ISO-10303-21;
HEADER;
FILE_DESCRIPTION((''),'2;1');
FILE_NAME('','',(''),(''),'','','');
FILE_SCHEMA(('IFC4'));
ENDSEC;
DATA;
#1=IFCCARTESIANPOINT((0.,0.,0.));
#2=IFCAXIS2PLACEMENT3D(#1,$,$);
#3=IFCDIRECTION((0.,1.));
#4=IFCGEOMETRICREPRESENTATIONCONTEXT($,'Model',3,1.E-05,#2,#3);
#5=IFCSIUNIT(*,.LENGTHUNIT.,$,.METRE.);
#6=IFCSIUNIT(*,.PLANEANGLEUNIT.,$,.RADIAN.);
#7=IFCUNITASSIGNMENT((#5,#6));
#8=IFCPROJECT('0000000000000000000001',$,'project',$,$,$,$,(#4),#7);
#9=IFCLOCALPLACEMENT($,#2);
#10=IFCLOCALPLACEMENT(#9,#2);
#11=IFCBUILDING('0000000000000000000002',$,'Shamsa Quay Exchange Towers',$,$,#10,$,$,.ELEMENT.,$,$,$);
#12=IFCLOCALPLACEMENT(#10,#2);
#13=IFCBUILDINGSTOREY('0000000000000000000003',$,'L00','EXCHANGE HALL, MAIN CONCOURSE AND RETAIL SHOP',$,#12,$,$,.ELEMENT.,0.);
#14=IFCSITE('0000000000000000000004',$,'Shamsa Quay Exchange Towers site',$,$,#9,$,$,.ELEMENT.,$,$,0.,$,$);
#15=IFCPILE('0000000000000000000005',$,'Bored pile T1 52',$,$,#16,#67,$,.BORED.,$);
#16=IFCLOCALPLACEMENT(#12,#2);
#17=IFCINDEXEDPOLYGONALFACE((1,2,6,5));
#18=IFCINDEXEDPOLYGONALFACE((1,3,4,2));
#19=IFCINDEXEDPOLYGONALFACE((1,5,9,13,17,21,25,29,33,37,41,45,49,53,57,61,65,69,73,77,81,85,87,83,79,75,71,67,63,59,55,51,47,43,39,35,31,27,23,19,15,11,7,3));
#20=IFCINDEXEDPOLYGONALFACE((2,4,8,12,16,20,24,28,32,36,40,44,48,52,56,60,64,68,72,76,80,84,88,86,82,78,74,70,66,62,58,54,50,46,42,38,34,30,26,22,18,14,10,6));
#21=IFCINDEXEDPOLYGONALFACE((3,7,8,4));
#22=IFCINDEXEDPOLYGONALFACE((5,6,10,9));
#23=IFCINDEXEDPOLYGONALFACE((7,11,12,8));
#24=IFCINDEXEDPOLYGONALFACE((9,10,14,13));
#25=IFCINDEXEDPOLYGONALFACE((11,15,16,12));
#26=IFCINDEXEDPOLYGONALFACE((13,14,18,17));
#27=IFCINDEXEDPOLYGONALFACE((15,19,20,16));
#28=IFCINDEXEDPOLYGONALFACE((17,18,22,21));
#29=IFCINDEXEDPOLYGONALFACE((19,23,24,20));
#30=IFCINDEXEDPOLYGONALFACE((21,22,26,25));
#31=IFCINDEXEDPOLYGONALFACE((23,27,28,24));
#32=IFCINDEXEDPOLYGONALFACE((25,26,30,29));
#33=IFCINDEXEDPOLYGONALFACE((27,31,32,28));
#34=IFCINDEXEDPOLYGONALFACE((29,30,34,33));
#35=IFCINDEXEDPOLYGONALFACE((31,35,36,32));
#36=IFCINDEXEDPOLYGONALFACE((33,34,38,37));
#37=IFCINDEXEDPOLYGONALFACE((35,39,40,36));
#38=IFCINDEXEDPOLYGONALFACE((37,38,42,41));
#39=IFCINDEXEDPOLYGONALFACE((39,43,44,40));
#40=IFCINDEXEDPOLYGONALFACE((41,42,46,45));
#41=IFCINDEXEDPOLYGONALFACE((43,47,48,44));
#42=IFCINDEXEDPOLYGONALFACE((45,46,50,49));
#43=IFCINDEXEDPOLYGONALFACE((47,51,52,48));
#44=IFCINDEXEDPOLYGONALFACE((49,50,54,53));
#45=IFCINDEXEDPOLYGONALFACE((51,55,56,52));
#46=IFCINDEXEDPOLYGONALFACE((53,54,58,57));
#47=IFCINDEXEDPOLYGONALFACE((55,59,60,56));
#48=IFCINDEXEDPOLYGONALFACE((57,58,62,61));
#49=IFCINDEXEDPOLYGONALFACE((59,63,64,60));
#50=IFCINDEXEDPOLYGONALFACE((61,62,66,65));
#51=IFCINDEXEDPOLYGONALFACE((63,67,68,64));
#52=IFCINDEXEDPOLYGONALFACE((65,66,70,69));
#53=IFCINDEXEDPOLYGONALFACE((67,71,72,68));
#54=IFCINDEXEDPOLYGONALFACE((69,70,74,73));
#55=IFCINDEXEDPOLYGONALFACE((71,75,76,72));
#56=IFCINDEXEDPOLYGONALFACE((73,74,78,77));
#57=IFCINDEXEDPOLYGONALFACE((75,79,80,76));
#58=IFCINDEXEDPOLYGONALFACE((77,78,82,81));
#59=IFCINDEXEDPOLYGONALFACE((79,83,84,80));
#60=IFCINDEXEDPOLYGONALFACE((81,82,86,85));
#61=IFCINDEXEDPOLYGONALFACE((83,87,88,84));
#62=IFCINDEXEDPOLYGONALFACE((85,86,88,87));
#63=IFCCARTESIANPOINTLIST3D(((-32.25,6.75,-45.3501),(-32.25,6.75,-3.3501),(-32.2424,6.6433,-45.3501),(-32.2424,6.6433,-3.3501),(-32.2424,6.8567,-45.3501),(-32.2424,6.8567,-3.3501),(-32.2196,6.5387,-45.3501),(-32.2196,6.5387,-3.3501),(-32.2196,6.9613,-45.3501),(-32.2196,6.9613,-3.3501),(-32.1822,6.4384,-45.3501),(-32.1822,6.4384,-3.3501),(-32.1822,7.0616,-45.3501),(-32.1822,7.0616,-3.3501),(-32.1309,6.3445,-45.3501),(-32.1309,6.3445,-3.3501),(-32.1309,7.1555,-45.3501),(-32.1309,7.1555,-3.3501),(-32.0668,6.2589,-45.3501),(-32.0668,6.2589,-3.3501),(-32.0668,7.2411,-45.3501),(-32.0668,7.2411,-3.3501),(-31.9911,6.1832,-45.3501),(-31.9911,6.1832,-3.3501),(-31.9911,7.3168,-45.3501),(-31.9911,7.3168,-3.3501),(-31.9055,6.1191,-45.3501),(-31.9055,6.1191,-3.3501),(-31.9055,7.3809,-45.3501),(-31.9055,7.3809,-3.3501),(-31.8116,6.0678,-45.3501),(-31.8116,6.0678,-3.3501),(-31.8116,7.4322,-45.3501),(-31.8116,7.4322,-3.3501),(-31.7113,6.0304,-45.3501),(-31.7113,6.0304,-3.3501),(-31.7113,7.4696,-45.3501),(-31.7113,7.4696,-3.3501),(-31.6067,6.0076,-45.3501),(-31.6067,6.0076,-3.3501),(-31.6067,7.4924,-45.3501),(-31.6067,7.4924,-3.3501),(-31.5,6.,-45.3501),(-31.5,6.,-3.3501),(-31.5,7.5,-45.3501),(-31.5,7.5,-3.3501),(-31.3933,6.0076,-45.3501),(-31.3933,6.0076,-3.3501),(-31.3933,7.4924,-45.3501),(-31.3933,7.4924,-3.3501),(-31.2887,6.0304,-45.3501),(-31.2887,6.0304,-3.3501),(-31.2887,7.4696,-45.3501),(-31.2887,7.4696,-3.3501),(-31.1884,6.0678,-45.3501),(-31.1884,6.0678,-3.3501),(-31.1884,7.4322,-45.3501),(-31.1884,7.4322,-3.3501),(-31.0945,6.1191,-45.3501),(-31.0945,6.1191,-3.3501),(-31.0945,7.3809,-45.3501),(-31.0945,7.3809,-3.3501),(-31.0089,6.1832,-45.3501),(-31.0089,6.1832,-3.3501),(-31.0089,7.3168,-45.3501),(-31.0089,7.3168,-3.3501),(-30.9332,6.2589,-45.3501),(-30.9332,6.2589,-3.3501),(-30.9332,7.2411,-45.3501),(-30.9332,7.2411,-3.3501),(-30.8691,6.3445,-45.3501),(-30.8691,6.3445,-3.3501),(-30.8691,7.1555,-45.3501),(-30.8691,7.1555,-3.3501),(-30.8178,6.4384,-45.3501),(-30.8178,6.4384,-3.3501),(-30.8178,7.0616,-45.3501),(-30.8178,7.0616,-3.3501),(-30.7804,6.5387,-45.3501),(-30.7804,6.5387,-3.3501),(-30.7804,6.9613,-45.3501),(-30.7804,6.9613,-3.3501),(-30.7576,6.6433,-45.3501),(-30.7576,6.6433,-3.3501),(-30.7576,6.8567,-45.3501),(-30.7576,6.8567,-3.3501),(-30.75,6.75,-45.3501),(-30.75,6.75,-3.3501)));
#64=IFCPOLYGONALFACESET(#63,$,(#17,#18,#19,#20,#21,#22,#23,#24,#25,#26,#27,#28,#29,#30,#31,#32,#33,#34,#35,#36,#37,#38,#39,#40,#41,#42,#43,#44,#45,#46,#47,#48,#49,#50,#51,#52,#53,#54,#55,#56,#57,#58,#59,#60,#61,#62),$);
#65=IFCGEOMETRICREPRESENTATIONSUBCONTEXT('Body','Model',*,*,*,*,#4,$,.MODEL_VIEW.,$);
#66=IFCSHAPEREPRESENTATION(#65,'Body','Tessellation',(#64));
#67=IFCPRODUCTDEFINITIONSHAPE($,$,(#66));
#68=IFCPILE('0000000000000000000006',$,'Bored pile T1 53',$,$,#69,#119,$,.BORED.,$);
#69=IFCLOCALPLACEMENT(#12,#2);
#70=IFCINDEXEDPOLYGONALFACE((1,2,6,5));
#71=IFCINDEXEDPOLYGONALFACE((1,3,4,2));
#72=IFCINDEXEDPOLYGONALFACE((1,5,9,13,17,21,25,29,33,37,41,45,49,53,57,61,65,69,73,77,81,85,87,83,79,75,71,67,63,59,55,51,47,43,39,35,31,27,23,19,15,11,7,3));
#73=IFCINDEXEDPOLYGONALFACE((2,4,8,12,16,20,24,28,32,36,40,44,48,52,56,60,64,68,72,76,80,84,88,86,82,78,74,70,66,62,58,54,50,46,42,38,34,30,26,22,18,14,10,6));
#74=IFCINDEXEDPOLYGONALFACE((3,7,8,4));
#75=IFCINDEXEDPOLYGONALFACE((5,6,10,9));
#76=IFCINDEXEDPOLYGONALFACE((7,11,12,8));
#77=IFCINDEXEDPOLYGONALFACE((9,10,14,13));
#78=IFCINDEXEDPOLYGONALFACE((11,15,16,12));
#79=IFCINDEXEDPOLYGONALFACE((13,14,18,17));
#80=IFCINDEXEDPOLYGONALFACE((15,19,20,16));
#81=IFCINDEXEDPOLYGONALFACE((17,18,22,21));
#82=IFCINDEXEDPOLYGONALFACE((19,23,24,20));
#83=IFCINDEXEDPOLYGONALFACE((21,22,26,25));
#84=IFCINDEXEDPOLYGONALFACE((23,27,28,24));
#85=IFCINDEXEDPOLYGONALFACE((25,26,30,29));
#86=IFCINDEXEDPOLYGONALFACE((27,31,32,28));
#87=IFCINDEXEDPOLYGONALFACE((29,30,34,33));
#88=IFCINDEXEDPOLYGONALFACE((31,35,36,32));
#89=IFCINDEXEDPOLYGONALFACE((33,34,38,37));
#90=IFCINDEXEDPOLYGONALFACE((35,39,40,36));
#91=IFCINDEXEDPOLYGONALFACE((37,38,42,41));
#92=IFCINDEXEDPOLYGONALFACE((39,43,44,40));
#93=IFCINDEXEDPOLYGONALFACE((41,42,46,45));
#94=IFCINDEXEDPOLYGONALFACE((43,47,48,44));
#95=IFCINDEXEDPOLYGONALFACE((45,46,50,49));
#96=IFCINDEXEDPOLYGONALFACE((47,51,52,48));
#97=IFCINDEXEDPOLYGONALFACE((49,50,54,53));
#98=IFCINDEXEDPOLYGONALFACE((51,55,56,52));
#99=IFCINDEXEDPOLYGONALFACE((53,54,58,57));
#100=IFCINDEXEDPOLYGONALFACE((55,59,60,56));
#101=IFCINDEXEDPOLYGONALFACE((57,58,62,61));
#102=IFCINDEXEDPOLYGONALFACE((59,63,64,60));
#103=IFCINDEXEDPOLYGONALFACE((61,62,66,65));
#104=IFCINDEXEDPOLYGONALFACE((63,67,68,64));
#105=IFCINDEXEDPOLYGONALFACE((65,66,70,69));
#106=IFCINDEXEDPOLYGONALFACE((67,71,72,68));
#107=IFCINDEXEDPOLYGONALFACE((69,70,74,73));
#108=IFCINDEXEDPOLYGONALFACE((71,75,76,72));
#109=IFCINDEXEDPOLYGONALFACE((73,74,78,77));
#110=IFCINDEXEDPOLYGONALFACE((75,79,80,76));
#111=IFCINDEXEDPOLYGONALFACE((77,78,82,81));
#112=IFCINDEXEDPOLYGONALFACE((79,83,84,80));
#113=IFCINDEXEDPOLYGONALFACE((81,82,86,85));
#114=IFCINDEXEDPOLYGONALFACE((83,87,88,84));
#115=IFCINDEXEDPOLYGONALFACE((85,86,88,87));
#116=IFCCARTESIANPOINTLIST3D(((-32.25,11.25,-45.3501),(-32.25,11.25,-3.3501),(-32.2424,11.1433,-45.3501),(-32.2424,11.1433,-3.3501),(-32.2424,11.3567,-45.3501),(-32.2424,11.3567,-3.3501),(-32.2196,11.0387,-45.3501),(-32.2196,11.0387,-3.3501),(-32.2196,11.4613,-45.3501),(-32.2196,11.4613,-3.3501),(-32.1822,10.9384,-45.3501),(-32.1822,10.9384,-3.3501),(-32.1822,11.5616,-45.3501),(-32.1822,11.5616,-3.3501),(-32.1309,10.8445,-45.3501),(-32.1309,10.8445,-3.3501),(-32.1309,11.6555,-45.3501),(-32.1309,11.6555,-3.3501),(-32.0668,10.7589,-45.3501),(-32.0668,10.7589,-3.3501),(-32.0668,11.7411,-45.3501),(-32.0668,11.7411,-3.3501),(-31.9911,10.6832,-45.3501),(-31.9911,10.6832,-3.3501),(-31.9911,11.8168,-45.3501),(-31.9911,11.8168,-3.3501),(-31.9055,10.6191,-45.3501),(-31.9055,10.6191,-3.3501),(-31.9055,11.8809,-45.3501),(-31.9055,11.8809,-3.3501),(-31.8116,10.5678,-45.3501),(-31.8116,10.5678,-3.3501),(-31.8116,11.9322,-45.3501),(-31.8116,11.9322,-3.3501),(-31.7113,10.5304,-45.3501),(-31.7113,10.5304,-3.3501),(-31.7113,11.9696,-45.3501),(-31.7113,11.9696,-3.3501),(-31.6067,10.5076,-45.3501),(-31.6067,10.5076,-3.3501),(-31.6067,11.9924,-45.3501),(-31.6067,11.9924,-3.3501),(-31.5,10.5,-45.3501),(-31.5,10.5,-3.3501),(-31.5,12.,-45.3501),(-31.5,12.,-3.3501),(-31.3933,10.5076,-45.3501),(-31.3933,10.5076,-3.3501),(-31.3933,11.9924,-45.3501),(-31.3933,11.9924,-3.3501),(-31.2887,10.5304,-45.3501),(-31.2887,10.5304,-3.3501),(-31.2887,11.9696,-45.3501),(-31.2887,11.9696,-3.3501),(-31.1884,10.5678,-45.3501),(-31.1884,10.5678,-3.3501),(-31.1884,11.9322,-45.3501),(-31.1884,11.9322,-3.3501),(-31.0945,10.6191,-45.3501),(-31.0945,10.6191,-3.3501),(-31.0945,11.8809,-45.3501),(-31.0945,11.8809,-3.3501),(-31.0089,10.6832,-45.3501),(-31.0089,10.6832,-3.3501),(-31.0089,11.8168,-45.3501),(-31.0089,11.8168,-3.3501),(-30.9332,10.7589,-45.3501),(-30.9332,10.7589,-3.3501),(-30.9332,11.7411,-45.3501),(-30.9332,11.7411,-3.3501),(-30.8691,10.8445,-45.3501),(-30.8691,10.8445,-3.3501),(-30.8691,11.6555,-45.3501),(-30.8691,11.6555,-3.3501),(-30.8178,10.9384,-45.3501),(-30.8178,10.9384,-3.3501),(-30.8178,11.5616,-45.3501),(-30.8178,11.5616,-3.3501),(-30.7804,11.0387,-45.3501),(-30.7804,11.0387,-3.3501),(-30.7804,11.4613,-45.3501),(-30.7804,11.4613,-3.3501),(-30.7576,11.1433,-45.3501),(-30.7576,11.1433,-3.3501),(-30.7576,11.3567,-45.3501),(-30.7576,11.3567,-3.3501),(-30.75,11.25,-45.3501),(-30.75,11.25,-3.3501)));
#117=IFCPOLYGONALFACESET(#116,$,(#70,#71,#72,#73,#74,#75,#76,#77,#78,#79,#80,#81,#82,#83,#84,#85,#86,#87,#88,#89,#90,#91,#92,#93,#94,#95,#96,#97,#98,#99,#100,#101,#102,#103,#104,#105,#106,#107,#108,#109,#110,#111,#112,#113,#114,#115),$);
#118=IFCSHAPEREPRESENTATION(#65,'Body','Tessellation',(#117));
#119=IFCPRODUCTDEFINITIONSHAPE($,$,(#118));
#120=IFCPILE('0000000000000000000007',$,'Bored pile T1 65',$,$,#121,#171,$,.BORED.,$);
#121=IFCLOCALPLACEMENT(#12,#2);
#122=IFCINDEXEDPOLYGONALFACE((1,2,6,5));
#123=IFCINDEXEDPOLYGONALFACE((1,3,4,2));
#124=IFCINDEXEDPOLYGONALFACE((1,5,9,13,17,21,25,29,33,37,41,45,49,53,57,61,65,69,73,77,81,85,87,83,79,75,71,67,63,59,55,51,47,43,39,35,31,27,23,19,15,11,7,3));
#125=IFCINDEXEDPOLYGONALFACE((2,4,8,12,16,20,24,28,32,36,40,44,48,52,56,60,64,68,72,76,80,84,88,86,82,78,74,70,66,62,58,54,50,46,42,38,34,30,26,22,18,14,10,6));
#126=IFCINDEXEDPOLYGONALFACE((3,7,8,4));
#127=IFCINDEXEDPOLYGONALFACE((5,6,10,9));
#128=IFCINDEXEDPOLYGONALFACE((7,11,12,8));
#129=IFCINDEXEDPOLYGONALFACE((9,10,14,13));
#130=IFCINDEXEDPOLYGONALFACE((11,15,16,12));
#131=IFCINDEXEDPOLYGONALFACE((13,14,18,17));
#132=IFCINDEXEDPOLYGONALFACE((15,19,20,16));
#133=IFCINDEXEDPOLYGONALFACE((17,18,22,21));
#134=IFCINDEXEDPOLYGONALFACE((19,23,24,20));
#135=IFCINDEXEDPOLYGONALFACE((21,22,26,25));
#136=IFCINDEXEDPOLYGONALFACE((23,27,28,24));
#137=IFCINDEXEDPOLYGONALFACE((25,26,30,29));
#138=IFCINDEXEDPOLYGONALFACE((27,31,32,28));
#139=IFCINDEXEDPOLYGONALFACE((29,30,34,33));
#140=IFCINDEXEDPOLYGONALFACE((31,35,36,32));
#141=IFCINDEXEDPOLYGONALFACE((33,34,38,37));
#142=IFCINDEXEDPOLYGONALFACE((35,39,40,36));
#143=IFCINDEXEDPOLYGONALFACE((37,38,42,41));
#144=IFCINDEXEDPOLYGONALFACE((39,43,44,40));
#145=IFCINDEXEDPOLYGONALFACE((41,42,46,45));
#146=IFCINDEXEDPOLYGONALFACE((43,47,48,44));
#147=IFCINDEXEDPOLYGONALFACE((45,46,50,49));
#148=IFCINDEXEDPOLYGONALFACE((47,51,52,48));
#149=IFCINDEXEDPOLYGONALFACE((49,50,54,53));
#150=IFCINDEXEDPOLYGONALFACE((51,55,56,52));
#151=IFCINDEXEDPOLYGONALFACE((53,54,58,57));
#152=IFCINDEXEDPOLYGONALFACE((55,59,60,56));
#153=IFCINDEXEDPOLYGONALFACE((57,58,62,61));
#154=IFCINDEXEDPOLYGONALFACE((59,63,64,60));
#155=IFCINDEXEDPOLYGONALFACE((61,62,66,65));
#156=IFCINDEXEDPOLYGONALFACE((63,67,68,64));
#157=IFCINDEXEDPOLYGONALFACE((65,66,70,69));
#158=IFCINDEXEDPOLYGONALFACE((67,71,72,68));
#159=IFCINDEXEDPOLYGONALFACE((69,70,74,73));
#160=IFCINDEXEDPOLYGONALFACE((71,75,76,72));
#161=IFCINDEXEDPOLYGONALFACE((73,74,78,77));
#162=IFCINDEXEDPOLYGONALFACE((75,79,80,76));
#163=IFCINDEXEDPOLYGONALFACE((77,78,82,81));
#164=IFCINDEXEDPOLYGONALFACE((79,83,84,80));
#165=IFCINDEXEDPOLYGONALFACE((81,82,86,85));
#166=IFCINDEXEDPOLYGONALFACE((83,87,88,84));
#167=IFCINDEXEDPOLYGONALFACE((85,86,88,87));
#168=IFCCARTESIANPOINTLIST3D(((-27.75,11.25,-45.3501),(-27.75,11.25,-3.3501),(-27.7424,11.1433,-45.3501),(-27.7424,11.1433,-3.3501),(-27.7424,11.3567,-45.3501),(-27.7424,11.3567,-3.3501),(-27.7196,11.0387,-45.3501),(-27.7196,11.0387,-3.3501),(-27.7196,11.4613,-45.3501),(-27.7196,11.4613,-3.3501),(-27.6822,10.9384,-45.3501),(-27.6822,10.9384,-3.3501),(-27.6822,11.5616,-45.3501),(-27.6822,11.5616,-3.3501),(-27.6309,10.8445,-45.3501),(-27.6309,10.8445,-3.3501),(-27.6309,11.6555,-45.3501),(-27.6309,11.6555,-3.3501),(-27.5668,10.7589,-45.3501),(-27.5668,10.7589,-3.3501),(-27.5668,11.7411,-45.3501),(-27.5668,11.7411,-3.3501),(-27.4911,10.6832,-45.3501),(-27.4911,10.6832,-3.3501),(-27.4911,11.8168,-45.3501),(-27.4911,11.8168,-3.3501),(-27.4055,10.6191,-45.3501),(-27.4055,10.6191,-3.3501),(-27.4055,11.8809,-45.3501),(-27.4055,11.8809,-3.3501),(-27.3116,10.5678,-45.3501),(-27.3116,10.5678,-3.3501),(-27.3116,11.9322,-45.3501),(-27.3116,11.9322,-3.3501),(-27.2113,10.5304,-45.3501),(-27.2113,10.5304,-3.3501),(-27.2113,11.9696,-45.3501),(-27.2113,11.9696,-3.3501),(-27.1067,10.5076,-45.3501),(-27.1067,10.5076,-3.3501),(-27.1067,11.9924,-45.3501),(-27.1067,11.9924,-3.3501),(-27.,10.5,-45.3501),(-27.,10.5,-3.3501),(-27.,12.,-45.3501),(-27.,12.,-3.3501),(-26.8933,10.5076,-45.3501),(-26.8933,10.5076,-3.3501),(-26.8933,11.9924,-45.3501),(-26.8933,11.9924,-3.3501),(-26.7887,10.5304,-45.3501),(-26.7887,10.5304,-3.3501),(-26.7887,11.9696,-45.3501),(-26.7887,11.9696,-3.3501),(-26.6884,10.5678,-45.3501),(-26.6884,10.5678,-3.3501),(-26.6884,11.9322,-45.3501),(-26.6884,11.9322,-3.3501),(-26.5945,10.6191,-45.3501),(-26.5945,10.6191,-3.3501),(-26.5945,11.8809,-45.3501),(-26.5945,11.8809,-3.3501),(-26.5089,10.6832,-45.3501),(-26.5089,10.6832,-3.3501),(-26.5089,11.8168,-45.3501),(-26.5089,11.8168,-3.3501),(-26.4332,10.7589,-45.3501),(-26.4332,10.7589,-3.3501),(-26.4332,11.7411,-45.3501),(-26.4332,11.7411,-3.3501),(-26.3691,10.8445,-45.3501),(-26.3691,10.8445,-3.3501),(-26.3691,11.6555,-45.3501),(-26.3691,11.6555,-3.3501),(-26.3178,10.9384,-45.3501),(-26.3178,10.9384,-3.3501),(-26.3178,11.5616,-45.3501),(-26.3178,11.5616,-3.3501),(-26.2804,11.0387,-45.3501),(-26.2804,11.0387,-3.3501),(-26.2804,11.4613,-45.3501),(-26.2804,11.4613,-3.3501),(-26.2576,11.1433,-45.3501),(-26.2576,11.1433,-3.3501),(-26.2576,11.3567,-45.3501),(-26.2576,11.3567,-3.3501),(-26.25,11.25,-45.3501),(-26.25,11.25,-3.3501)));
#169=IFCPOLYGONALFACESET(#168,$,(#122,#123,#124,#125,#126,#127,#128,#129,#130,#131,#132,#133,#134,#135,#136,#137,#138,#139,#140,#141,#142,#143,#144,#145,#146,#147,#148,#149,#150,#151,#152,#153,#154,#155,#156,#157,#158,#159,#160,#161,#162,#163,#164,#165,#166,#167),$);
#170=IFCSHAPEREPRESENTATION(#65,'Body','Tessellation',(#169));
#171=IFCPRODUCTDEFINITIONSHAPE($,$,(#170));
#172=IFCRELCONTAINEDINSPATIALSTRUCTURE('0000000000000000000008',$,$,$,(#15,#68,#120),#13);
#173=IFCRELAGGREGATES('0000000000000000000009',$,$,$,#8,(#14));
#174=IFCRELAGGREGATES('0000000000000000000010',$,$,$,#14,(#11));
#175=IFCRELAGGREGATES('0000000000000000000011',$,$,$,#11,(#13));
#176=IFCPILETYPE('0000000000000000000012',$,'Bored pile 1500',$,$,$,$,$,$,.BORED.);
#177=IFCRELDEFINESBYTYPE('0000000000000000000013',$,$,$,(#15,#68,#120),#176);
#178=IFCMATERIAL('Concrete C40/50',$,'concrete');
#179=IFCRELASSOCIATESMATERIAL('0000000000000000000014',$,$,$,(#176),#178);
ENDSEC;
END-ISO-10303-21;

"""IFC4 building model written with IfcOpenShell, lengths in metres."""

from ifc_helpers import new_model, si_unit, direction, frame, origin, origin_2d, place, context, subcontext, project, spatial, circle, extrude, material, material_profile, profile_set, type_object, element, save


model = new_model("IFC4")

# Units and contexts
model_context = context("Model", 3, precision=1e-05, world=origin(), true_north=direction((0.0, 1.0)))
body_context = subcontext(model_context, "Body", "Model", "MODEL_VIEW")
ifc_project = project(units=[si_unit("LENGTHUNIT", "METRE"), si_unit("PLANEANGLEUNIT", "RADIAN")], contexts=[model_context])

# Site, building, storey
site_placement = place(None, origin())
site = spatial("IfcSite", under=ifc_project, at=site_placement, Name="Shamsa Quay Exchange Towers site", CompositionType="ELEMENT", RefElevation=0.0)
building_placement = place(site_placement, origin())
building = spatial("IfcBuilding", under=site, at=building_placement, Name="Shamsa Quay Exchange Towers", CompositionType="ELEMENT")
storey_placement = place(building_placement, origin())
storey = spatial("IfcBuildingStorey", under=building, at=storey_placement, Name="L00", Description="EXCHANGE HALL, MAIN CONCOURSE AND RETAIL SHOP", CompositionType="ELEMENT", Elevation=0.0)

# Piles
ifc_material_1 = material(Name="Concrete C40/50", Category="concrete")
ifc_material_profile_1 = material_profile(ifc_material_1, circle(Radius=0.75, at=origin_2d()), Name="BP1500")
ifc_profile_set_1 = profile_set([ifc_material_profile_1], Name="Concrete C40/50")
pile_type_1 = type_object("IfcPileType", Name="Bored pile 1500", PredefinedType="BORED", material=ifc_profile_set_1)
for number, where, z_axis, x_axis, name in (
    (1, (-31.5, 6.75, -3.3501), (0.0, 0.0, -1.0), (1.0, 0.0, 0.0), "Bored pile T1 52"),
    (2, (-31.5, 11.25, -3.3501), (0.0, 0.0, -1.0), (1.0, 0.0, 0.0), "Bored pile T1 53"),
    (3, (-27.0, 11.25, -3.3501), (0.0, 0.0, -1.0), (1.0, 0.0, 0.0), "Bored pile T1 65"),
):
    element("IfcPile", number, at=place(storey_placement, frame(where, z_axis=z_axis, x_axis=x_axis)), inside=storey, type_object=pile_type_1, Name=name, PredefinedType="BORED", context=body_context, shape_type="SweptSolid", body=[
        extrude(circle(Radius=0.75, at=origin_2d()), origin(), (0.0, 0.0, 1.0), 42.0),
    ])

save(model, "model.ifc")
